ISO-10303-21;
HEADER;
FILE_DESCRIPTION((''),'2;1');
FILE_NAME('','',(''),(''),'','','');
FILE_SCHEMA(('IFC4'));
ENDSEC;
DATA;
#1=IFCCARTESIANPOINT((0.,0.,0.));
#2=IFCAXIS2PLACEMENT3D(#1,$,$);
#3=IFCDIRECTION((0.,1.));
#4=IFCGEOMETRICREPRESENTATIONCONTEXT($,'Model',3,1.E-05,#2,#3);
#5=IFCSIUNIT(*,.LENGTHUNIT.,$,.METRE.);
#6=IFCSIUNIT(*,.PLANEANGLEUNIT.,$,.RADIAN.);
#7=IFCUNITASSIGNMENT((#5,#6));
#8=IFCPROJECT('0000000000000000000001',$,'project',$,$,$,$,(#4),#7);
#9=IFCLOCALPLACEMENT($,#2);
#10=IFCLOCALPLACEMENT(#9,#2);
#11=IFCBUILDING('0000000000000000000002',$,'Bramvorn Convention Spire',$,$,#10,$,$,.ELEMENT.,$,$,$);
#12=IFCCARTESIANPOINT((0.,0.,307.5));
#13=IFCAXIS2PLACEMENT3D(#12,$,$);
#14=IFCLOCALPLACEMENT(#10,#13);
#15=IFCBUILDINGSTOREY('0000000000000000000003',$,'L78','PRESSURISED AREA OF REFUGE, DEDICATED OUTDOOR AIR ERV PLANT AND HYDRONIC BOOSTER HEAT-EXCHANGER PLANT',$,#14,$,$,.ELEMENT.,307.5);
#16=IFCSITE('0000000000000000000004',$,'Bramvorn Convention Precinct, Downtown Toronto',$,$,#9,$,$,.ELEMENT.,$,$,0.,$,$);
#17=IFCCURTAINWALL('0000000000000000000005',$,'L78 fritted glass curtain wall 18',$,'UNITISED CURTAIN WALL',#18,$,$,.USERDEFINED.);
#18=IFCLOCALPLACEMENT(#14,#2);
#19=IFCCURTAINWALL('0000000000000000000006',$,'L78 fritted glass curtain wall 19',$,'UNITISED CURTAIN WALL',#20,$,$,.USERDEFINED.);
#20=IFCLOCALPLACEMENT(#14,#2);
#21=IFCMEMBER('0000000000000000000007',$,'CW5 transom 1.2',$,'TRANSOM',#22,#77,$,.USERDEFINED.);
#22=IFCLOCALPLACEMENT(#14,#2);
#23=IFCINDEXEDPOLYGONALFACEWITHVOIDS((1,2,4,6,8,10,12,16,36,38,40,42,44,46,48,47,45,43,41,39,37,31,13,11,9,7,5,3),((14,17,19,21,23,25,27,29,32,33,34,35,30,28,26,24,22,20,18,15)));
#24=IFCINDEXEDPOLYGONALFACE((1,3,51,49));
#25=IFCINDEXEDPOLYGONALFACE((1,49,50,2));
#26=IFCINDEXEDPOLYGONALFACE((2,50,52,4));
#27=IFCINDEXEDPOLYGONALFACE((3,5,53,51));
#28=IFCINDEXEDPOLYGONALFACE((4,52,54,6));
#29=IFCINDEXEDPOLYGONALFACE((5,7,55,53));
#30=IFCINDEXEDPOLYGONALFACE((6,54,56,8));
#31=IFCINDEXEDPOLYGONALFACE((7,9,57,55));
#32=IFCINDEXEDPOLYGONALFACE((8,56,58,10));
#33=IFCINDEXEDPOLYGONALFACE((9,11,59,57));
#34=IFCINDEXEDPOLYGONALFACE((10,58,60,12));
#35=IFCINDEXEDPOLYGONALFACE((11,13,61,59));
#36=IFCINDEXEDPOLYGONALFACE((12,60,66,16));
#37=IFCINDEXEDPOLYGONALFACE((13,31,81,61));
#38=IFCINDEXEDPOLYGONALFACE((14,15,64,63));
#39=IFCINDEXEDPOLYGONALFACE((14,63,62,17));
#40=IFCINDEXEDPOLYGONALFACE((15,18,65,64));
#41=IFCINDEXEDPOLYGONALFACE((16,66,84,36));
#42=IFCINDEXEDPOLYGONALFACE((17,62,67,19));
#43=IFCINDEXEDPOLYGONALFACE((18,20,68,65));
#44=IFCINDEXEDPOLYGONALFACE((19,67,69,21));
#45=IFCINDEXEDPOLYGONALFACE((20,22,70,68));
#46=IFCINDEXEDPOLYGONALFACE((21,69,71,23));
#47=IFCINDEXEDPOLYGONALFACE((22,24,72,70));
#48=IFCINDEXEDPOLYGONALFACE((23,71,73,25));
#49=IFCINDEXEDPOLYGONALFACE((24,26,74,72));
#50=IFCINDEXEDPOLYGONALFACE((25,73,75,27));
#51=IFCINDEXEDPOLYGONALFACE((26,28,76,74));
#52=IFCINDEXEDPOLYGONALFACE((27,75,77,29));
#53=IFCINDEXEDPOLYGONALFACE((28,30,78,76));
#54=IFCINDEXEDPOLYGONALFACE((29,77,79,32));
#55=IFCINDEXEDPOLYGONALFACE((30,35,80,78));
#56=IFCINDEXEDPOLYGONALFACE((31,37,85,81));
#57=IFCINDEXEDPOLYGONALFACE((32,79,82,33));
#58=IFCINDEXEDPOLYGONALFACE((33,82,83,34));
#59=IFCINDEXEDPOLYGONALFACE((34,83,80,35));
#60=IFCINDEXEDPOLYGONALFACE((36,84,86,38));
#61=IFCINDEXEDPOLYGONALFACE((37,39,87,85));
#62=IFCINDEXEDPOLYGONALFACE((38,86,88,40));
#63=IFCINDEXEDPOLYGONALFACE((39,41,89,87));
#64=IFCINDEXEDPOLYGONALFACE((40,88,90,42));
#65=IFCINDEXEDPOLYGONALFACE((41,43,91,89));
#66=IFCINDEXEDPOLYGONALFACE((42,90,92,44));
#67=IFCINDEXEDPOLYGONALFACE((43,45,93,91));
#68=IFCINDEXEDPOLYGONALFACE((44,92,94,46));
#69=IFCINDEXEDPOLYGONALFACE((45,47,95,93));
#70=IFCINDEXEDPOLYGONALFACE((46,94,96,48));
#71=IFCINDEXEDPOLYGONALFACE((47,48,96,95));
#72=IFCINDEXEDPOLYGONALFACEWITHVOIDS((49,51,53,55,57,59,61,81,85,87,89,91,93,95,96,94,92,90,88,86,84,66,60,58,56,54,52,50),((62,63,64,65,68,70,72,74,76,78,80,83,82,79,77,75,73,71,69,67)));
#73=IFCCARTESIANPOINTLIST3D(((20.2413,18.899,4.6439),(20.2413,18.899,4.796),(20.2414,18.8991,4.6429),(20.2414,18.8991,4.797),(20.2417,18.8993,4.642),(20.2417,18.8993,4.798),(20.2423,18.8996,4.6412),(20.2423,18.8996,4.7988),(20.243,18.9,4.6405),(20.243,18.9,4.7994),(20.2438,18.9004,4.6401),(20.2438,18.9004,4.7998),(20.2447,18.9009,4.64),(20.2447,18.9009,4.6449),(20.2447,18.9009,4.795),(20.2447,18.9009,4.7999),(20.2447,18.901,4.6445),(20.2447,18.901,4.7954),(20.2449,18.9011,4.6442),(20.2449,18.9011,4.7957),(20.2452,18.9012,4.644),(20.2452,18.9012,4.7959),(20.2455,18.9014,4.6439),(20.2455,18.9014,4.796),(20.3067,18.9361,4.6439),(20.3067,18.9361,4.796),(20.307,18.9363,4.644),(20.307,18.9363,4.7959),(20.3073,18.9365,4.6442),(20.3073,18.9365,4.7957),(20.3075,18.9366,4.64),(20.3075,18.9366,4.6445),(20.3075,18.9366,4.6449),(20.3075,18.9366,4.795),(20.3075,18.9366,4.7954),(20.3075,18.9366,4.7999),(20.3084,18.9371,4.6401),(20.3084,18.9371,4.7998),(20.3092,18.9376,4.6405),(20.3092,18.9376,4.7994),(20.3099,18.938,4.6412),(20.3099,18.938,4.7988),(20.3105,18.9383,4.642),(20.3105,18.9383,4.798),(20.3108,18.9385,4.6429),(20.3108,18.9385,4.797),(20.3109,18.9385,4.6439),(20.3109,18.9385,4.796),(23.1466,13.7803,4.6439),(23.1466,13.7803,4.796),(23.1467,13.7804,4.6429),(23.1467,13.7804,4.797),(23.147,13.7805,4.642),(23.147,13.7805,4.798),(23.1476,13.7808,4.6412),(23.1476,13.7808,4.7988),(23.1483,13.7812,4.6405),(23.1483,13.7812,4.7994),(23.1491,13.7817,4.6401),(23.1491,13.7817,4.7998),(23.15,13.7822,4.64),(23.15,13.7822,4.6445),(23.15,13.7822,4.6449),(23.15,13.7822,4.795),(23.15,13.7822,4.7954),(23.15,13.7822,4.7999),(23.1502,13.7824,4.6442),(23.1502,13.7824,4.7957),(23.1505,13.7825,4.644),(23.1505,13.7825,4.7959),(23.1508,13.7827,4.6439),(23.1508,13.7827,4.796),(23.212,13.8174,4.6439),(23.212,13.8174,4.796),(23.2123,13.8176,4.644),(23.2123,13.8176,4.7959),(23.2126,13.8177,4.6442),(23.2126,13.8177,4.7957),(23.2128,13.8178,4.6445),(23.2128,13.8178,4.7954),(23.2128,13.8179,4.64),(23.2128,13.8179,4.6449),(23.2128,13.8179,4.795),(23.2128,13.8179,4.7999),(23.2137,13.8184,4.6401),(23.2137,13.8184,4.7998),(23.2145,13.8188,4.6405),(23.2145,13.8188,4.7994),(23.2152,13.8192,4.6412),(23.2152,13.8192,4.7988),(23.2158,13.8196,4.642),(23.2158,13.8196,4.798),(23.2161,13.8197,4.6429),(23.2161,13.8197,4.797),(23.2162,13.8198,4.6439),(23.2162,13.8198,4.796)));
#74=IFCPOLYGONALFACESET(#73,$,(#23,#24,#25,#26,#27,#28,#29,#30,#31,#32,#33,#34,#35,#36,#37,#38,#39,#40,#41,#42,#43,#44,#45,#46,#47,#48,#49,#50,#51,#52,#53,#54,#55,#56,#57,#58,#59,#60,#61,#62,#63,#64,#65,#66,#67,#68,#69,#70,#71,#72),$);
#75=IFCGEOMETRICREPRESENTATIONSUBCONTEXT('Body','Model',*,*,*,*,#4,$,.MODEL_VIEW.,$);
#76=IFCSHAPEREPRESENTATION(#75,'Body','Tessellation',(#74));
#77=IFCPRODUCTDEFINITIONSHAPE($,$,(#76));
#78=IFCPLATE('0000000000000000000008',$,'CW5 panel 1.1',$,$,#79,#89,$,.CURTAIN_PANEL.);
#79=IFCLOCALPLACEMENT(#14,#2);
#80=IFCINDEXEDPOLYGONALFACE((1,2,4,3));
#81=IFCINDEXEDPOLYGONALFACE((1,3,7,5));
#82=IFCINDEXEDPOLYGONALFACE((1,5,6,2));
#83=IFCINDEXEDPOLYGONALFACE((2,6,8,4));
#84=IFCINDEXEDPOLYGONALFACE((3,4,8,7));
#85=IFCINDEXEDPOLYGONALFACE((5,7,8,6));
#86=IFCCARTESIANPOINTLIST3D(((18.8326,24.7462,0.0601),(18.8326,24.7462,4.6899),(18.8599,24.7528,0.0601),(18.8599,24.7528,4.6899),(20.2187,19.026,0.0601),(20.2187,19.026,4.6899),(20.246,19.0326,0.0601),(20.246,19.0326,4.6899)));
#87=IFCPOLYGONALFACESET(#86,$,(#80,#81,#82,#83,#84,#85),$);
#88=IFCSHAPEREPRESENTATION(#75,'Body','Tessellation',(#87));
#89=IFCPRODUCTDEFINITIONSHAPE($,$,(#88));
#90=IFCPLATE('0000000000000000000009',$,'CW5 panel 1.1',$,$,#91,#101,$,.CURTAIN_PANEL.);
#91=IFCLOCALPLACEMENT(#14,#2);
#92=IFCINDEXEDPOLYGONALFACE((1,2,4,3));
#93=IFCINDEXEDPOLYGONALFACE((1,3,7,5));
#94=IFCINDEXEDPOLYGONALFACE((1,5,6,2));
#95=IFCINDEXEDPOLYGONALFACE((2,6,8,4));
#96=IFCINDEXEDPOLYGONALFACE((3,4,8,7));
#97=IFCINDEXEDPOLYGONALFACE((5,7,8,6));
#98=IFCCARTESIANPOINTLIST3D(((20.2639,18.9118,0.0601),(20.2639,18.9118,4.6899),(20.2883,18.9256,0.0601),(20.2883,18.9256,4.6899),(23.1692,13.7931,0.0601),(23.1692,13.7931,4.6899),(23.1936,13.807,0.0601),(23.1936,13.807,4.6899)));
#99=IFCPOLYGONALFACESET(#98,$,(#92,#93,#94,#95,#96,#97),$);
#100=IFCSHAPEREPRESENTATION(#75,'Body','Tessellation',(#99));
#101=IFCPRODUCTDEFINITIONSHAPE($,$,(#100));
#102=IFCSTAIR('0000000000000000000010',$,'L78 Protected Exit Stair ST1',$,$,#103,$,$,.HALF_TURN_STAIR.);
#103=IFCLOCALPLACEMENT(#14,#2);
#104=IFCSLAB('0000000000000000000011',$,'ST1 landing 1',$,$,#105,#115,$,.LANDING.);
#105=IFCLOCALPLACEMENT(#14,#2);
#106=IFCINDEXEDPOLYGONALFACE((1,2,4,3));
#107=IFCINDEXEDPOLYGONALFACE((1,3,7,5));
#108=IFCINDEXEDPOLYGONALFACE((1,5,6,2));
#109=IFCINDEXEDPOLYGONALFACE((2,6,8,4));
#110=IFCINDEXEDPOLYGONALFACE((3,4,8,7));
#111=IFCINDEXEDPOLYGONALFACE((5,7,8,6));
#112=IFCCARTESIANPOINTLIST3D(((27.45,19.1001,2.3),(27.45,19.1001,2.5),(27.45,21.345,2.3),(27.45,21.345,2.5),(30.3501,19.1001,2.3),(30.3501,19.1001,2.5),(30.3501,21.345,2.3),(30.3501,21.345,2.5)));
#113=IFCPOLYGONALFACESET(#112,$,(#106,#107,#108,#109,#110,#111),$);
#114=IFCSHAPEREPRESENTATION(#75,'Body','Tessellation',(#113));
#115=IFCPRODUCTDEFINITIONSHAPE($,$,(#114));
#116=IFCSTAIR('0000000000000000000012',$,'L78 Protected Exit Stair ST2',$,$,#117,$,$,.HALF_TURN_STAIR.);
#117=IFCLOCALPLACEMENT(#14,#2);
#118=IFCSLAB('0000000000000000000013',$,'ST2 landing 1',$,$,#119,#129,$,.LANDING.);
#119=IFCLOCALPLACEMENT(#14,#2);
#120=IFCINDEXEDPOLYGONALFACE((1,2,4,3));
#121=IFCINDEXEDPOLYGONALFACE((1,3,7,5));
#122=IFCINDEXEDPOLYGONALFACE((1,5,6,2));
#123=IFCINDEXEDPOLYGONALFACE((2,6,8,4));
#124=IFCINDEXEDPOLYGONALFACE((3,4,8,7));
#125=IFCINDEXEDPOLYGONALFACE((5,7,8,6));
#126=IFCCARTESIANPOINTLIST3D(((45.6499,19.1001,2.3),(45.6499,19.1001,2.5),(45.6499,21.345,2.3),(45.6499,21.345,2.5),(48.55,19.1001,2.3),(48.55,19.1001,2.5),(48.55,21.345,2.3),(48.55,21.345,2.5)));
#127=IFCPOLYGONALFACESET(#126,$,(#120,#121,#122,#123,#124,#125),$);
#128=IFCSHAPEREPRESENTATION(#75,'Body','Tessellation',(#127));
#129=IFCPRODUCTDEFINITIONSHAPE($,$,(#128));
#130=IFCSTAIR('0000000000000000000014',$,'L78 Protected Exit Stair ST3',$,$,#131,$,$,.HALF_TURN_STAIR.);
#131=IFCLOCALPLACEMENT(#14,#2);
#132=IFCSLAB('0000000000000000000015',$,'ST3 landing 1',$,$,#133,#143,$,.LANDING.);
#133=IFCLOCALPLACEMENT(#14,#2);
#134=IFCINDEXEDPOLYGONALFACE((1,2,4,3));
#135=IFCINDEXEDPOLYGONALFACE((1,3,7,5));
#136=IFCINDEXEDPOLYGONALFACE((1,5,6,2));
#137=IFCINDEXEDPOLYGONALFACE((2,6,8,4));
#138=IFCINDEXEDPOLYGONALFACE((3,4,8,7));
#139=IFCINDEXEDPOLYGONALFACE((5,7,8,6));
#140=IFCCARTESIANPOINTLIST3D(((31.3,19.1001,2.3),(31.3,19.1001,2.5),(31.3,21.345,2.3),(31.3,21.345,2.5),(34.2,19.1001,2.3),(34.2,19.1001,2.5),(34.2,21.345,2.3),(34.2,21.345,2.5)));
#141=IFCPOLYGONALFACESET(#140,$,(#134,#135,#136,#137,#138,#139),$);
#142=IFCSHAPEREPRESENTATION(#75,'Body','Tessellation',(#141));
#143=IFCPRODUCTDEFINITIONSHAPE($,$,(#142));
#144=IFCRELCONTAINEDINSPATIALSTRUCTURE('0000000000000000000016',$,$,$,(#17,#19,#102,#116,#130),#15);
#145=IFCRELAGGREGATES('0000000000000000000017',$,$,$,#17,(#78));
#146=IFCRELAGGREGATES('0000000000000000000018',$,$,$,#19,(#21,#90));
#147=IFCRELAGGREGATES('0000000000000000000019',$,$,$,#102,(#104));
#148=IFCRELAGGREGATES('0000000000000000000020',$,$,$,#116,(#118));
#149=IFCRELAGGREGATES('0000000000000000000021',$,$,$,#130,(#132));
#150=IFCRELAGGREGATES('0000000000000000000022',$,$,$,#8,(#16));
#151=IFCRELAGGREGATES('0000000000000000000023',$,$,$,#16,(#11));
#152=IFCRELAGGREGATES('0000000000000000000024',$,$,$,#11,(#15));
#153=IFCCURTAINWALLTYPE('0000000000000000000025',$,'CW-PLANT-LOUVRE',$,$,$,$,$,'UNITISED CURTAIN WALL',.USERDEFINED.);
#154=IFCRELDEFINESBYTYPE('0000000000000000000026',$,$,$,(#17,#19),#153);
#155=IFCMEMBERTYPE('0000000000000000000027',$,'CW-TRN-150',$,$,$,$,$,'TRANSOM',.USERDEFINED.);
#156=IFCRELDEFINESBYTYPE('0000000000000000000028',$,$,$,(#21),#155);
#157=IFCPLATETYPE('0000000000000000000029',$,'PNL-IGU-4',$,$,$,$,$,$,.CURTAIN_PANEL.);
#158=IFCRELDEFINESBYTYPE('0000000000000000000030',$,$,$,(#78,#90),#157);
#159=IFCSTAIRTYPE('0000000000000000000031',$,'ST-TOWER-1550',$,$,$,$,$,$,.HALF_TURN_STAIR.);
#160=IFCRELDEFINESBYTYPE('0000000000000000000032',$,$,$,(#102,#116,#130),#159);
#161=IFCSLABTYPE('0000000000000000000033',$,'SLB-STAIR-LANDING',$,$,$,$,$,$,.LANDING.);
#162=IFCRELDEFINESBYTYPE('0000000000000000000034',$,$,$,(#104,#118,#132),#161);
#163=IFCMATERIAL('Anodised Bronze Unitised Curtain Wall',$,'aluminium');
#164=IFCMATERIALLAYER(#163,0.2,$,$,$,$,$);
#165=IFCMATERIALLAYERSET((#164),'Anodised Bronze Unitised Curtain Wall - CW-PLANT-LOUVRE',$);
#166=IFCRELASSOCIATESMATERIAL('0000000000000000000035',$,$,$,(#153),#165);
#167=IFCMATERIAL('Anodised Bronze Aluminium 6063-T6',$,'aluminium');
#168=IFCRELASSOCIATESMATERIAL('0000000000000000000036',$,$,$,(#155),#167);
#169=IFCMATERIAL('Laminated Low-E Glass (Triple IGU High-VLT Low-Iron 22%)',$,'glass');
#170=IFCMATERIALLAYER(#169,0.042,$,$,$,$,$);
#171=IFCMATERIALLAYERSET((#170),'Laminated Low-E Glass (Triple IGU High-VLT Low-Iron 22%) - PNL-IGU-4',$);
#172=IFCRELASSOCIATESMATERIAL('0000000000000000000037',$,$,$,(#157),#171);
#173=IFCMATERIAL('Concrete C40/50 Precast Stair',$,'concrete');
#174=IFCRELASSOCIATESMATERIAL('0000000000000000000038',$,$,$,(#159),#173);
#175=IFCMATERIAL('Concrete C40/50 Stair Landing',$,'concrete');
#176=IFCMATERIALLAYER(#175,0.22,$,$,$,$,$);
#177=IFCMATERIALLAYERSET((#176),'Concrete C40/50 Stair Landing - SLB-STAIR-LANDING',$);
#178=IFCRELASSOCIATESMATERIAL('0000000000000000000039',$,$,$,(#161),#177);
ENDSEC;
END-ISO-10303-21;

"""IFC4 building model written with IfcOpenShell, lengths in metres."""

from ifc_helpers import new_model, si_unit, direction, frame, origin, origin_2d, place, context, subcontext, project, spatial, polyline, rectangle, hollow_rectangle, outline, extrude, material, layer, layer_set, material_profile, profile_set, type_object, element, aggregate, save


model = new_model("IFC4")

# Units and contexts
model_context = context("Model", 3, precision=1e-05, world=origin(), true_north=direction((0.0, 1.0)))
body_context = subcontext(model_context, "Body", "Model", "MODEL_VIEW")
ifc_project = project(units=[si_unit("LENGTHUNIT", "METRE"), si_unit("PLANEANGLEUNIT", "RADIAN")], contexts=[model_context])

# Site, building, storey
site_placement = place(None, origin())
site = spatial("IfcSite", under=ifc_project, at=site_placement, Name="Bramvorn Convention Precinct, Downtown Toronto", CompositionType="ELEMENT", RefElevation=0.0)
building_placement = place(site_placement, origin())
building = spatial("IfcBuilding", under=site, at=building_placement, Name="Bramvorn Convention Spire", CompositionType="ELEMENT")
storey_placement = place(building_placement, frame((0.0, 0.0, 307.5)))
storey = spatial("IfcBuildingStorey", under=building, at=storey_placement, Name="L78", Description="PRESSURISED AREA OF REFUGE, DEDICATED OUTDOOR AIR ERV PLANT AND HYDRONIC BOOSTER HEAT-EXCHANGER PLANT", CompositionType="ELEMENT", Elevation=307.5)

# Curtain wall
ifc_material_1 = material(Name="Anodised Bronze Unitised Curtain Wall", Category="aluminium")
ifc_layer_1 = layer(ifc_material_1, 0.2)
ifc_layer_set_1 = layer_set([ifc_layer_1], Name="Anodised Bronze Unitised Curtain Wall - CW-PLANT-LOUVRE")
curtain_wall_type = type_object("IfcCurtainWallType", Name="CW-PLANT-LOUVRE", ElementType="UNITISED CURTAIN WALL", PredefinedType="USERDEFINED", material=ifc_layer_set_1)
curtain_wall_1_placement = place(storey_placement, origin())
curtain_wall_1 = element("IfcCurtainWall", 1, at=curtain_wall_1_placement, inside=storey, type_object=curtain_wall_type, Name="L78 fritted glass curtain wall 18", ObjectType="UNITISED CURTAIN WALL", PredefinedType="USERDEFINED")
ifc_material_2 = material(Name="Anodised Bronze Aluminium 6063-T6", Category="aluminium")

# Curtain wall
curtain_wall_2_placement = place(storey_placement, origin())
curtain_wall_2 = element("IfcCurtainWall", 2, at=curtain_wall_2_placement, inside=storey, type_object=curtain_wall_type, Name="L78 fritted glass curtain wall 19", ObjectType="UNITISED CURTAIN WALL", PredefinedType="USERDEFINED")

# Member
ifc_material_profile_1 = material_profile(ifc_material_2, hollow_rectangle(XDim=0.0801, YDim=0.1599, WallThickness=0.0039, InnerFilletRadius=0.001, OuterFilletRadius=0.0039, at=origin_2d()))
ifc_profile_set_1 = profile_set([ifc_material_profile_1], Name="Anodised Bronze Aluminium 6063-T6 - CWT80X160")
member_type_1 = type_object("IfcMemberType", Name="CW-TRN-150", ElementType="TRANSOM", PredefinedType="USERDEFINED", material=ifc_profile_set_1)
member_1_placement = place(storey_placement, frame((23.1814, 13.8, 4.72), z_axis=(-0.493617, 0.869679, 0.0), x_axis=(-0.869679, -0.493617, 0.0)))
member_1 = element("IfcMember", 3, at=member_1_placement, type_object=member_type_1, Name="CW5 transom 1.2", ObjectType="TRANSOM", PredefinedType="USERDEFINED", context=body_context, shape_type="SweptSolid", body=[
    extrude(hollow_rectangle(XDim=0.0801, YDim=0.1599, WallThickness=0.0039, InnerFilletRadius=0.001, OuterFilletRadius=0.0039, at=origin_2d()), origin(), (0.0, 0.0, 1.0), 5.8857),
])

# Plates
ifc_material_3 = material(Name="Laminated Low-E Glass (Triple IGU High-VLT Low-Iron 22%)", Category="glass")
ifc_layer_2 = layer(ifc_material_3, 0.042)
ifc_layer_set_2 = layer_set([ifc_layer_2], Name="Laminated Low-E Glass (Triple IGU High-VLT Low-Iron 22%) - PNL-IGU-4")
plate_type = type_object("IfcPlateType", Name="PNL-IGU-4", PredefinedType="CURTAIN_PANEL", material=ifc_layer_set_2)
plate_1_placement = place(storey_placement, frame((19.5393, 21.8894, 0.0601), z_axis=(0.0, 0.0, 1.0), x_axis=(-0.235505, 0.971873, 0.0)))
plate_1 = element("IfcPlate", 4, at=plate_1_placement, type_object=plate_type, Name="CW5 panel 1.1", PredefinedType="CURTAIN_PANEL", context=body_context, shape_type="SweptSolid", body=[
    extrude(rectangle(XDim=5.8857, YDim=0.0281, at=origin_2d()), origin(), (0.0, 0.0, 1.0), 4.6299),
])
aggregate(curtain_wall_1, [plate_1])
plate_2_placement = place(storey_placement, frame((21.7288, 16.3594, 0.0601), z_axis=(0.0, 0.0, 1.0), x_axis=(-0.493623, 0.869676, 0.0)))
plate_2 = element("IfcPlate", 5, at=plate_2_placement, type_object=plate_type, Name="CW5 panel 1.1", PredefinedType="CURTAIN_PANEL", context=body_context, shape_type="SweptSolid", body=[
    extrude(rectangle(XDim=5.8857, YDim=0.0281, at=origin_2d()), origin(), (0.0, 0.0, 1.0), 4.6299),
])
aggregate(curtain_wall_2, [member_1, plate_2])

# Stairs, slabs
ifc_material_4 = material(Name="Concrete C40/50 Precast Stair", Category="concrete")
stair_type = type_object("IfcStairType", Name="ST-TOWER-1550", PredefinedType="HALF_TURN_STAIR", material=ifc_material_4)
stair_1_placement = place(storey_placement, origin())
stair_1 = element("IfcStair", 6, at=stair_1_placement, inside=storey, type_object=stair_type, Name="L78 Protected Exit Stair ST1", PredefinedType="HALF_TURN_STAIR")
ifc_material_5 = material(Name="Concrete C40/50 Stair Landing", Category="concrete")
ifc_layer_3 = layer(ifc_material_5, 0.22)
ifc_layer_set_3 = layer_set([ifc_layer_3], Name="Concrete C40/50 Stair Landing - SLB-STAIR-LANDING")
slab_type_1 = type_object("IfcSlabType", Name="SLB-STAIR-LANDING", PredefinedType="LANDING", material=ifc_layer_set_3)
slab_1_placement = place(storey_placement, frame((0.0, 0.0, 2.3)))
slab_1 = element("IfcSlab", 7, at=slab_1_placement, type_object=slab_type_1, Name="ST1 landing 1", PredefinedType="LANDING", context=body_context, shape_type="SweptSolid", body=[
    extrude(outline(polyline([(27.45, 21.345), (27.45, 19.1001), (30.3501, 19.1001), (30.3501, 21.345), (27.45, 21.345)])), origin(), (0.0, 0.0, 1.0), 0.2),
])
aggregate(stair_1, [slab_1])
stair_2_placement = place(storey_placement, origin())
stair_2 = element("IfcStair", 8, at=stair_2_placement, inside=storey, type_object=stair_type, Name="L78 Protected Exit Stair ST2", PredefinedType="HALF_TURN_STAIR")
slab_2_placement = place(storey_placement, frame((0.0, 0.0, 2.3)))
slab_2 = element("IfcSlab", 9, at=slab_2_placement, type_object=slab_type_1, Name="ST2 landing 1", PredefinedType="LANDING", context=body_context, shape_type="SweptSolid", body=[
    extrude(outline(polyline([(45.6499, 21.345), (45.6499, 19.1001), (48.55, 19.1001), (48.55, 21.345), (45.6499, 21.345)])), origin(), (0.0, 0.0, 1.0), 0.2),
])
aggregate(stair_2, [slab_2])
stair_3_placement = place(storey_placement, origin())
stair_3 = element("IfcStair", 10, at=stair_3_placement, inside=storey, type_object=stair_type, Name="L78 Protected Exit Stair ST3", PredefinedType="HALF_TURN_STAIR")
slab_3_placement = place(storey_placement, frame((0.0, 0.0, 2.3)))
slab_3 = element("IfcSlab", 11, at=slab_3_placement, type_object=slab_type_1, Name="ST3 landing 1", PredefinedType="LANDING", context=body_context, shape_type="SweptSolid", body=[
    extrude(outline(polyline([(31.3, 21.345), (31.3, 19.1001), (34.2, 19.1001), (34.2, 21.345), (31.3, 21.345)])), origin(), (0.0, 0.0, 1.0), 0.2),
])
aggregate(stair_3, [slab_3])

save(model, "model.ifc")
